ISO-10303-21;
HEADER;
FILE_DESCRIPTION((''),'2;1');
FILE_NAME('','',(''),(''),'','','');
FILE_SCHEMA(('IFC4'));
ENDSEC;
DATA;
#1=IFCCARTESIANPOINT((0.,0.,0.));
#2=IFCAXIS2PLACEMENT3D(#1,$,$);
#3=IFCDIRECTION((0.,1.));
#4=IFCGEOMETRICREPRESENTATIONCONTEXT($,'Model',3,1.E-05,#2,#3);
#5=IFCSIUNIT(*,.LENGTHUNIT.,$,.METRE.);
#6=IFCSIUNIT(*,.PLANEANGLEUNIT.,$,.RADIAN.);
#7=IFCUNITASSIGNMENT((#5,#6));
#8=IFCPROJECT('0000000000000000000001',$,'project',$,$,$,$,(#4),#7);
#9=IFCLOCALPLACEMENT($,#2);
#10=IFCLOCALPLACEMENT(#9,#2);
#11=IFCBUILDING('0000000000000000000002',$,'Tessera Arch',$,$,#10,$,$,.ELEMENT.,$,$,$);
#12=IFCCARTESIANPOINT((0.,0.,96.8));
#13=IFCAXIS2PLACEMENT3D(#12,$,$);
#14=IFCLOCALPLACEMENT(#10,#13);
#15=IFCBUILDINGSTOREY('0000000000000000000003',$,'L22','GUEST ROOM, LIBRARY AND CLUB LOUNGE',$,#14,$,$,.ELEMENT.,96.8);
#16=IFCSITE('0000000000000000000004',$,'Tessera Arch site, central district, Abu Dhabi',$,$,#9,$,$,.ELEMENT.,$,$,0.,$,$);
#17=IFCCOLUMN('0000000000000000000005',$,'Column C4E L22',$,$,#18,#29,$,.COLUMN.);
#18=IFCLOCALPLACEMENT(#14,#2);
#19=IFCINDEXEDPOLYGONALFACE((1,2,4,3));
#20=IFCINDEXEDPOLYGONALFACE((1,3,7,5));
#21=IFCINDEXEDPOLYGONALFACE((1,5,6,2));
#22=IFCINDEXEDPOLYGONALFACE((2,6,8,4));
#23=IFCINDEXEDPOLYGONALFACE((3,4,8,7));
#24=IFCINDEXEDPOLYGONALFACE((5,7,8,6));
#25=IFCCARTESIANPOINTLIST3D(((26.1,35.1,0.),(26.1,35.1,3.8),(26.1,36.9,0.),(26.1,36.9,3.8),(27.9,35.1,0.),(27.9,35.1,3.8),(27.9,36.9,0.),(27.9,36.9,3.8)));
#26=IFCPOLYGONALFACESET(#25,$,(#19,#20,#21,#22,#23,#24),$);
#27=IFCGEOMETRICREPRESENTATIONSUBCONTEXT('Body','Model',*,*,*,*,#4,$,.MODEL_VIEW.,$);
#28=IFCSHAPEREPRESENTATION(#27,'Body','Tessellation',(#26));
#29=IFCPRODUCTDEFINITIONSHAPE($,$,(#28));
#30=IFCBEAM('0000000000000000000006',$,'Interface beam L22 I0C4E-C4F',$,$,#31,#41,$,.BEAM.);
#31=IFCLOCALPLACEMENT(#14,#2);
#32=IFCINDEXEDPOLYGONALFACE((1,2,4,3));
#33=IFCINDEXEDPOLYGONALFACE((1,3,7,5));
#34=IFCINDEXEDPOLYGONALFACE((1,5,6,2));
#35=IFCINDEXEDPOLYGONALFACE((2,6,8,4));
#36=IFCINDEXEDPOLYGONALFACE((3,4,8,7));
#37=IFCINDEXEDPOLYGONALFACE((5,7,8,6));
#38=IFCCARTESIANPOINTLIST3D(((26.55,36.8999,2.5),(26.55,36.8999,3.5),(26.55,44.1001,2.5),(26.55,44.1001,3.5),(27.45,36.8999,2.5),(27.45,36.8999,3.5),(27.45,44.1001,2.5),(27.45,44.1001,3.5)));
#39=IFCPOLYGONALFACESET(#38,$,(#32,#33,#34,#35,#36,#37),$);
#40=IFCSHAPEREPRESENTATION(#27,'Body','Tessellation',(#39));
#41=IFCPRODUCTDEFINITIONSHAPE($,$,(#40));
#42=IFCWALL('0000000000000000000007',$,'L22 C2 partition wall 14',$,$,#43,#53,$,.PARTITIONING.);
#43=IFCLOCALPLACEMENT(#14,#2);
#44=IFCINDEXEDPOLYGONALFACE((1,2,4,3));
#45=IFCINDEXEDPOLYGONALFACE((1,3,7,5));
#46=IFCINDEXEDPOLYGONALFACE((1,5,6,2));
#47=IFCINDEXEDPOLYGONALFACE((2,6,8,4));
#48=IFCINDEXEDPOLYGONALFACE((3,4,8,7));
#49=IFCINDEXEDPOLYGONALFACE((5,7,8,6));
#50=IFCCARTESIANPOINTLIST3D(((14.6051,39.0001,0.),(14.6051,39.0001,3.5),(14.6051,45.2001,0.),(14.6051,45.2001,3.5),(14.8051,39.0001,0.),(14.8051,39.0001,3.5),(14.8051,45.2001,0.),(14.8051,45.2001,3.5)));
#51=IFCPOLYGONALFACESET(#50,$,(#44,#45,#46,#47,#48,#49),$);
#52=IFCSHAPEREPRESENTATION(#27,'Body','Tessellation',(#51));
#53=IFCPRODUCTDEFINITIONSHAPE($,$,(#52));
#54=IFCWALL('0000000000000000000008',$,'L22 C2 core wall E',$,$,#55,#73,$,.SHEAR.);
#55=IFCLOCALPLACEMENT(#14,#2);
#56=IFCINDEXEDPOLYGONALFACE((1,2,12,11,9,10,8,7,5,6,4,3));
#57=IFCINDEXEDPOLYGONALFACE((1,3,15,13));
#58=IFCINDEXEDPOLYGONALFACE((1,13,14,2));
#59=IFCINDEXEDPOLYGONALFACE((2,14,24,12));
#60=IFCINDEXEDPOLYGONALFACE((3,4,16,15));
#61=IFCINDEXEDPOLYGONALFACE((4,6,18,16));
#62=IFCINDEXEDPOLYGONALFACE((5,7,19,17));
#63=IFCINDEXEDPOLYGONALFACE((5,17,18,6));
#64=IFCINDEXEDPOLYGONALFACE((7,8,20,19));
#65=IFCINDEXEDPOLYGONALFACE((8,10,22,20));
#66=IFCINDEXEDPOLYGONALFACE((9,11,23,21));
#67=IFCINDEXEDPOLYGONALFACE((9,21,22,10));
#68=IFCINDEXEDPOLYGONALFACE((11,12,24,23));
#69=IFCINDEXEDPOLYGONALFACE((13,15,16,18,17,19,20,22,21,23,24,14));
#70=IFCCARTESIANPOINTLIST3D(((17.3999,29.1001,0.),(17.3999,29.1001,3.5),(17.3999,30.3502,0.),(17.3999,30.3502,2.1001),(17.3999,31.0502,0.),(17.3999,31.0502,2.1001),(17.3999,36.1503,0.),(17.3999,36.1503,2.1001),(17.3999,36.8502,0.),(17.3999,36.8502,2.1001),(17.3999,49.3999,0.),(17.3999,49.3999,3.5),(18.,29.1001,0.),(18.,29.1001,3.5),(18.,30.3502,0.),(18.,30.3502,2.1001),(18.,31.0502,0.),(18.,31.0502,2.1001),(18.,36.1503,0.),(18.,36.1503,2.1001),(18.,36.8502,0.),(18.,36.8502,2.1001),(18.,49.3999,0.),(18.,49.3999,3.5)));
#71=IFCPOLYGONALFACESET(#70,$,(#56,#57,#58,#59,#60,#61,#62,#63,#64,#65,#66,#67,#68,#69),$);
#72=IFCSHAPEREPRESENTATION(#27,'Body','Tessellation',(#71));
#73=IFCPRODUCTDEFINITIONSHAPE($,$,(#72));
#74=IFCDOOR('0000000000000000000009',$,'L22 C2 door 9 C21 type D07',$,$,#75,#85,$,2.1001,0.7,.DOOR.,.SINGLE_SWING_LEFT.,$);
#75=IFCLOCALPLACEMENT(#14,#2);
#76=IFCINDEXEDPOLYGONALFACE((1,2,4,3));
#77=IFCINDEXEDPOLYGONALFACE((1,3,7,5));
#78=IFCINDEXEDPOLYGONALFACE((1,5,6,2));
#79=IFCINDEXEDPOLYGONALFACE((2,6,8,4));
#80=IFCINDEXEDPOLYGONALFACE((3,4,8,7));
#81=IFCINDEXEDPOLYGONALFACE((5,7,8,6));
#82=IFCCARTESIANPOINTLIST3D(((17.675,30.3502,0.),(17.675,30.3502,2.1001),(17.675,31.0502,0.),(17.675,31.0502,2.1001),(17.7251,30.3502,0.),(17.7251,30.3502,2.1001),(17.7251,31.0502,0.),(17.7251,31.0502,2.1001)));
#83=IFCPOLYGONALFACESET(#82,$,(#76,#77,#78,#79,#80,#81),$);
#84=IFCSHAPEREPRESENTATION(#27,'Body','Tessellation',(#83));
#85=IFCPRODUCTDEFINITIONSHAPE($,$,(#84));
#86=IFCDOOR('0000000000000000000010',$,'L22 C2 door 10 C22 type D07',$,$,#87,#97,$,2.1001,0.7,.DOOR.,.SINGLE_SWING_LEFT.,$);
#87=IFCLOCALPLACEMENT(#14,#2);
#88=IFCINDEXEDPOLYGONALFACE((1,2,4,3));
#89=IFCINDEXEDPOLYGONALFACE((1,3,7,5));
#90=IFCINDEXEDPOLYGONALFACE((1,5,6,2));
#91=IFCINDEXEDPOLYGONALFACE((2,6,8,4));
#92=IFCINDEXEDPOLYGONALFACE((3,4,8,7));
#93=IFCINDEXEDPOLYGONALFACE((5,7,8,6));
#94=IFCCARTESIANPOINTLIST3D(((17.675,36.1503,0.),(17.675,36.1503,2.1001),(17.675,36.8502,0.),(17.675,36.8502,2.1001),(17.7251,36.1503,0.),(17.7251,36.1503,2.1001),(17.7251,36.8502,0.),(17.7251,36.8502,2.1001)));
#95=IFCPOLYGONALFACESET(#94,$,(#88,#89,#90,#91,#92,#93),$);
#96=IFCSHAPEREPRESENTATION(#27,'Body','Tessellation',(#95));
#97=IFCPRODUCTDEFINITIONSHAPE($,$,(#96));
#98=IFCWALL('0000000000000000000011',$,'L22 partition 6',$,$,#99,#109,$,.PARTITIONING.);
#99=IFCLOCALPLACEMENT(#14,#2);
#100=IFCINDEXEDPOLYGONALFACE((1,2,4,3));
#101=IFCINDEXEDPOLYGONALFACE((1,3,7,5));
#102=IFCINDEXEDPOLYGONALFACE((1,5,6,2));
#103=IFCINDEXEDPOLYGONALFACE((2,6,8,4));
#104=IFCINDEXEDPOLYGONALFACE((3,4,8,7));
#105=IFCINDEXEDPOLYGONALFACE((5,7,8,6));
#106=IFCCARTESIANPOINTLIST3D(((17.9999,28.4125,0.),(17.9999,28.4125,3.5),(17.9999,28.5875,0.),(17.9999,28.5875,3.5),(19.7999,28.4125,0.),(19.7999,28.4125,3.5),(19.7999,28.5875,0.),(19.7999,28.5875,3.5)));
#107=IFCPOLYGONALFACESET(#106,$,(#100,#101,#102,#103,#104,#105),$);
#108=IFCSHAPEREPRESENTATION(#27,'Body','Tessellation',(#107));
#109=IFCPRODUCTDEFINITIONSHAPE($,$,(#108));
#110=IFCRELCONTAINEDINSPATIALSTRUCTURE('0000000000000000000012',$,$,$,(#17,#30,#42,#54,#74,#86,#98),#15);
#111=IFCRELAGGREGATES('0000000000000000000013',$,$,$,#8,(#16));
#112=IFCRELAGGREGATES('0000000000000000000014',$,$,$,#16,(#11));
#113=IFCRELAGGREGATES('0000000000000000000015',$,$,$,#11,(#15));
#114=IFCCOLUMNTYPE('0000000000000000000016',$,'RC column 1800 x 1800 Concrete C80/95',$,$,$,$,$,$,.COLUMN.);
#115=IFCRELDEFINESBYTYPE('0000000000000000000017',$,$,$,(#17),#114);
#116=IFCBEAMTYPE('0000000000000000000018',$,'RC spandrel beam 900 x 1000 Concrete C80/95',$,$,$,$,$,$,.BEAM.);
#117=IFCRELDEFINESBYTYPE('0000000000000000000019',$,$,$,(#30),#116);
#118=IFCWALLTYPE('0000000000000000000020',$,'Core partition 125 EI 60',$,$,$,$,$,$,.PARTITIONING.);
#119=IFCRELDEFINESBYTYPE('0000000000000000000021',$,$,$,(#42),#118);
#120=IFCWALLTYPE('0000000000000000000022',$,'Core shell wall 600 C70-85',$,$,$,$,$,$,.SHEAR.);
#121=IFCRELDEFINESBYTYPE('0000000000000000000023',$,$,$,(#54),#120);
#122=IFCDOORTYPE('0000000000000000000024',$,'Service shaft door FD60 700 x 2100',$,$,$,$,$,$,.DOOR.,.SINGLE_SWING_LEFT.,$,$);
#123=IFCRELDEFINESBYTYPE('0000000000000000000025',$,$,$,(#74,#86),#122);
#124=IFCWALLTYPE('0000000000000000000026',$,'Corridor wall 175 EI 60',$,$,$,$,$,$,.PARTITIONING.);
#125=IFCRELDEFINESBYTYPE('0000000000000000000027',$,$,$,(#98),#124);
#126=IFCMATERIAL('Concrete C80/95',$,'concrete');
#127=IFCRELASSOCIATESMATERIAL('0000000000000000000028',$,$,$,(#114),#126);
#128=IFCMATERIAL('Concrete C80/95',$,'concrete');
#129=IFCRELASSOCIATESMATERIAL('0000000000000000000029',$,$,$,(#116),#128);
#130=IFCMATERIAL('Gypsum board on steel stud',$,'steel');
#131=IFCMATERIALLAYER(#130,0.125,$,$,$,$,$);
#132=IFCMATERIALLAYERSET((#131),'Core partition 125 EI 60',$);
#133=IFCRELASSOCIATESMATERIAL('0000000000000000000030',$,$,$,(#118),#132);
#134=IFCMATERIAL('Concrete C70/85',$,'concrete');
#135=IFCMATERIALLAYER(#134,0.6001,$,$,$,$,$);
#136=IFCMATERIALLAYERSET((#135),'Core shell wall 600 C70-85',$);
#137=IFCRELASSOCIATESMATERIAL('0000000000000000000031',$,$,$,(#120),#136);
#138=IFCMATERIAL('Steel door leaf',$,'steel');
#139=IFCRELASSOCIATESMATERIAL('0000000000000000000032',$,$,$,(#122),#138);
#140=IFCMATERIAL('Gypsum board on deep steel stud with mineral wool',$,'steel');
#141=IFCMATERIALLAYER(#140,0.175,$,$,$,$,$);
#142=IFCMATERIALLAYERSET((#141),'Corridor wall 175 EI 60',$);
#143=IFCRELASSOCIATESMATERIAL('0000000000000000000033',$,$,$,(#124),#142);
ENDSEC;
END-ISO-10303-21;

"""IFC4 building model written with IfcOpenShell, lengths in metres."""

from ifc_helpers import new_model, si_unit, direction, frame, frame_2d, origin, origin_2d, place, context, subcontext, project, spatial, rectangle, extrude, material, layer, layer_set, material_profile, profile_set, type_object, element, fill, save


model = new_model("IFC4")

# Units and contexts
model_context = context("Model", 3, precision=1e-05, world=origin(), true_north=direction((0.0, 1.0)))
body_context = subcontext(model_context, "Body", "Model", "MODEL_VIEW")
ifc_project = project(units=[si_unit("LENGTHUNIT", "METRE"), si_unit("PLANEANGLEUNIT", "RADIAN")], contexts=[model_context])

# Site, building, storey
site_placement = place(None, origin())
site = spatial("IfcSite", under=ifc_project, at=site_placement, Name="Tessera Arch site, central district, Abu Dhabi", CompositionType="ELEMENT", RefElevation=0.0)
building_placement = place(site_placement, origin())
building = spatial("IfcBuilding", under=site, at=building_placement, Name="Tessera Arch", CompositionType="ELEMENT")
storey_placement = place(building_placement, frame((0.0, 0.0, 96.8)))
storey = spatial("IfcBuildingStorey", under=building, at=storey_placement, Name="L22", Description="GUEST ROOM, LIBRARY AND CLUB LOUNGE", CompositionType="ELEMENT", Elevation=96.8)

# Column
ifc_material_1 = material(Name="Concrete C80/95", Category="concrete")
ifc_material_profile_1 = material_profile(ifc_material_1, rectangle(XDim=1.8, YDim=1.8, at=origin_2d()), Name="RC column 1800 x 1800 Concrete C80/95")
ifc_profile_set_1 = profile_set([ifc_material_profile_1], Name="Concrete C80/95")
column_type = type_object("IfcColumnType", Name="RC column 1800 x 1800 Concrete C80/95", PredefinedType="COLUMN", material=ifc_profile_set_1)
column_placement = place(storey_placement, frame((27.0, 36.0, 0.0), z_axis=(0.0, 0.0, 1.0), x_axis=(1.0, 0.0, 0.0)))
element("IfcColumn", 1, at=column_placement, inside=storey, type_object=column_type, Name="Column C4E L22", PredefinedType="COLUMN", context=body_context, shape_type="SweptSolid", body=[
    extrude(rectangle(XDim=1.8, YDim=1.8, at=origin_2d()), origin(), (0.0, 0.0, 1.0), 3.8),
])

# Beam
ifc_material_2 = material(Name="Concrete C80/95", Category="concrete")
ifc_material_profile_2 = material_profile(ifc_material_2, rectangle(XDim=0.8999, YDim=1.0, at=origin_2d()), Name="RC spandrel beam 900 x 1000 Concrete C80/95")
ifc_profile_set_2 = profile_set([ifc_material_profile_2], Name="Concrete C80/95")
beam_type = type_object("IfcBeamType", Name="RC spandrel beam 900 x 1000 Concrete C80/95", PredefinedType="BEAM", material=ifc_profile_set_2)
beam_placement = place(storey_placement, frame((27.0, 36.8999, 3.0), z_axis=(0.0, 1.0, 0.0), x_axis=(-1.0, 0.0, 0.0)))
element("IfcBeam", 2, at=beam_placement, inside=storey, type_object=beam_type, Name="Interface beam L22 I0C4E-C4F", PredefinedType="BEAM", context=body_context, shape_type="SweptSolid", body=[
    extrude(rectangle(XDim=0.8999, YDim=1.0, at=origin_2d()), origin(), (0.0, 0.0, 1.0), 7.2002),
])

# Wall
ifc_material_3 = material(Name="Gypsum board on steel stud", Category="steel")
ifc_layer_1 = layer(ifc_material_3, 0.125)
ifc_layer_set_1 = layer_set([ifc_layer_1], Name="Core partition 125 EI 60")
wall_type_1 = type_object("IfcWallType", Name="Core partition 125 EI 60", PredefinedType="PARTITIONING", material=ifc_layer_set_1)
wall_1_placement = place(storey_placement, frame((14.7051, 39.0, 0.0), z_axis=(0.0, 0.0, 1.0), x_axis=(0.0, 1.0, 0.0)))
element("IfcWall", 3, at=wall_1_placement, inside=storey, type_object=wall_type_1, Name="L22 C2 partition wall 14", PredefinedType="PARTITIONING", context=body_context, shape_type="SweptSolid", body=[
    extrude(rectangle(XDim=6.2, YDim=0.2, at=frame_2d((3.1001, 0.0))), origin(), (0.0, 0.0, 1.0), 3.5),
])

# Wall, openings, doors
ifc_material_4 = material(Name="Concrete C70/85", Category="concrete")
ifc_layer_2 = layer(ifc_material_4, 0.6001)
ifc_layer_set_2 = layer_set([ifc_layer_2], Name="Core shell wall 600 C70-85")
wall_type_2 = type_object("IfcWallType", Name="Core shell wall 600 C70-85", PredefinedType="SHEAR", material=ifc_layer_set_2)
wall_2_placement = place(storey_placement, frame((17.7, 29.1001, 0.0), z_axis=(0.0, 0.0, 1.0), x_axis=(0.0, 1.0, 0.0)))
wall_2 = element("IfcWall", 4, at=wall_2_placement, inside=storey, type_object=wall_type_2, Name="L22 C2 core wall E", PredefinedType="SHEAR", context=body_context, shape_type="SweptSolid", body=[
    extrude(rectangle(XDim=20.2998, YDim=0.6001, at=frame_2d((10.1499, 0.0))), origin(), (0.0, 0.0, 1.0), 3.5),
])
opening_1_placement = place(wall_2_placement, frame((1.25, 0.0, 0.0)))
opening_1 = element("IfcOpeningElement", 5, at=opening_1_placement, cuts=wall_2, PredefinedType="OPENING", context=body_context, shape_type="SweptSolid", body=[
    extrude(rectangle(XDim=0.7, YDim=2.1001, at=frame_2d((0.3501, 1.05))), frame((0.0, 0.3101, 0.0), z_axis=(0.0, -1.0, 0.0), x_axis=(1.0, 0.0, 0.0)), (0.0, 0.0, 1.0), 0.6201),
])
opening_2_placement = place(wall_2_placement, frame((7.05, 0.0, 0.0)))
opening_2 = element("IfcOpeningElement", 6, at=opening_2_placement, cuts=wall_2, PredefinedType="OPENING", context=body_context, shape_type="SweptSolid", body=[
    extrude(rectangle(XDim=0.7, YDim=2.1001, at=frame_2d((0.3501, 1.05))), frame((0.0, 0.3101, 0.0), z_axis=(0.0, -1.0, 0.0), x_axis=(1.0, 0.0, 0.0)), (0.0, 0.0, 1.0), 0.6201),
])
ifc_material_5 = material(Name="Steel door leaf", Category="steel")
door_type_1 = type_object("IfcDoorType", Name="Service shaft door FD60 700 x 2100", OperationType="SINGLE_SWING_LEFT", PredefinedType="DOOR", material=ifc_material_5)
door_1_placement = place(opening_1_placement, origin())
door_1 = element("IfcDoor", 7, at=door_1_placement, inside=storey, type_object=door_type_1, Name="L22 C2 door 9 C21 type D07", OperationType="SINGLE_SWING_LEFT", OverallHeight=2.1001, OverallWidth=0.7, PredefinedType="DOOR", context=body_context, shape_type="SweptSolid", body=[
    extrude(rectangle(XDim=0.7, YDim=2.1001, at=frame_2d((0.3501, 1.05))), frame((0.0, 0.0249, 0.0), z_axis=(0.0, -1.0, 0.0), x_axis=(1.0, 0.0, 0.0)), (0.0, 0.0, 1.0), 0.05),
])
fill(opening_1, door_1)
door_2_placement = place(opening_2_placement, origin())
door_2 = element("IfcDoor", 8, at=door_2_placement, inside=storey, type_object=door_type_1, Name="L22 C2 door 10 C22 type D07", OperationType="SINGLE_SWING_LEFT", OverallHeight=2.1001, OverallWidth=0.7, PredefinedType="DOOR", context=body_context, shape_type="SweptSolid", body=[
    extrude(rectangle(XDim=0.7, YDim=2.1001, at=frame_2d((0.3501, 1.05))), frame((0.0, 0.0249, 0.0), z_axis=(0.0, -1.0, 0.0), x_axis=(1.0, 0.0, 0.0)), (0.0, 0.0, 1.0), 0.05),
])
fill(opening_2, door_2)

# Wall
ifc_material_6 = material(Name="Gypsum board on deep steel stud with mineral wool", Category="steel")
ifc_layer_3 = layer(ifc_material_6, 0.175)
ifc_layer_set_3 = layer_set([ifc_layer_3], Name="Corridor wall 175 EI 60")
wall_type_3 = type_object("IfcWallType", Name="Corridor wall 175 EI 60", PredefinedType="PARTITIONING", material=ifc_layer_set_3)
wall_3_placement = place(storey_placement, frame((18.0, 28.5, 0.0), z_axis=(0.0, 0.0, 1.0), x_axis=(1.0, 0.0, 0.0)))
element("IfcWall", 9, at=wall_3_placement, inside=storey, type_object=wall_type_3, Name="L22 partition 6", PredefinedType="PARTITIONING", context=body_context, shape_type="SweptSolid", body=[
    extrude(rectangle(XDim=1.8, YDim=0.175, at=frame_2d((0.8999, 0.0))), origin(), (0.0, 0.0, 1.0), 3.5),
])

save(model, "model.ifc")
